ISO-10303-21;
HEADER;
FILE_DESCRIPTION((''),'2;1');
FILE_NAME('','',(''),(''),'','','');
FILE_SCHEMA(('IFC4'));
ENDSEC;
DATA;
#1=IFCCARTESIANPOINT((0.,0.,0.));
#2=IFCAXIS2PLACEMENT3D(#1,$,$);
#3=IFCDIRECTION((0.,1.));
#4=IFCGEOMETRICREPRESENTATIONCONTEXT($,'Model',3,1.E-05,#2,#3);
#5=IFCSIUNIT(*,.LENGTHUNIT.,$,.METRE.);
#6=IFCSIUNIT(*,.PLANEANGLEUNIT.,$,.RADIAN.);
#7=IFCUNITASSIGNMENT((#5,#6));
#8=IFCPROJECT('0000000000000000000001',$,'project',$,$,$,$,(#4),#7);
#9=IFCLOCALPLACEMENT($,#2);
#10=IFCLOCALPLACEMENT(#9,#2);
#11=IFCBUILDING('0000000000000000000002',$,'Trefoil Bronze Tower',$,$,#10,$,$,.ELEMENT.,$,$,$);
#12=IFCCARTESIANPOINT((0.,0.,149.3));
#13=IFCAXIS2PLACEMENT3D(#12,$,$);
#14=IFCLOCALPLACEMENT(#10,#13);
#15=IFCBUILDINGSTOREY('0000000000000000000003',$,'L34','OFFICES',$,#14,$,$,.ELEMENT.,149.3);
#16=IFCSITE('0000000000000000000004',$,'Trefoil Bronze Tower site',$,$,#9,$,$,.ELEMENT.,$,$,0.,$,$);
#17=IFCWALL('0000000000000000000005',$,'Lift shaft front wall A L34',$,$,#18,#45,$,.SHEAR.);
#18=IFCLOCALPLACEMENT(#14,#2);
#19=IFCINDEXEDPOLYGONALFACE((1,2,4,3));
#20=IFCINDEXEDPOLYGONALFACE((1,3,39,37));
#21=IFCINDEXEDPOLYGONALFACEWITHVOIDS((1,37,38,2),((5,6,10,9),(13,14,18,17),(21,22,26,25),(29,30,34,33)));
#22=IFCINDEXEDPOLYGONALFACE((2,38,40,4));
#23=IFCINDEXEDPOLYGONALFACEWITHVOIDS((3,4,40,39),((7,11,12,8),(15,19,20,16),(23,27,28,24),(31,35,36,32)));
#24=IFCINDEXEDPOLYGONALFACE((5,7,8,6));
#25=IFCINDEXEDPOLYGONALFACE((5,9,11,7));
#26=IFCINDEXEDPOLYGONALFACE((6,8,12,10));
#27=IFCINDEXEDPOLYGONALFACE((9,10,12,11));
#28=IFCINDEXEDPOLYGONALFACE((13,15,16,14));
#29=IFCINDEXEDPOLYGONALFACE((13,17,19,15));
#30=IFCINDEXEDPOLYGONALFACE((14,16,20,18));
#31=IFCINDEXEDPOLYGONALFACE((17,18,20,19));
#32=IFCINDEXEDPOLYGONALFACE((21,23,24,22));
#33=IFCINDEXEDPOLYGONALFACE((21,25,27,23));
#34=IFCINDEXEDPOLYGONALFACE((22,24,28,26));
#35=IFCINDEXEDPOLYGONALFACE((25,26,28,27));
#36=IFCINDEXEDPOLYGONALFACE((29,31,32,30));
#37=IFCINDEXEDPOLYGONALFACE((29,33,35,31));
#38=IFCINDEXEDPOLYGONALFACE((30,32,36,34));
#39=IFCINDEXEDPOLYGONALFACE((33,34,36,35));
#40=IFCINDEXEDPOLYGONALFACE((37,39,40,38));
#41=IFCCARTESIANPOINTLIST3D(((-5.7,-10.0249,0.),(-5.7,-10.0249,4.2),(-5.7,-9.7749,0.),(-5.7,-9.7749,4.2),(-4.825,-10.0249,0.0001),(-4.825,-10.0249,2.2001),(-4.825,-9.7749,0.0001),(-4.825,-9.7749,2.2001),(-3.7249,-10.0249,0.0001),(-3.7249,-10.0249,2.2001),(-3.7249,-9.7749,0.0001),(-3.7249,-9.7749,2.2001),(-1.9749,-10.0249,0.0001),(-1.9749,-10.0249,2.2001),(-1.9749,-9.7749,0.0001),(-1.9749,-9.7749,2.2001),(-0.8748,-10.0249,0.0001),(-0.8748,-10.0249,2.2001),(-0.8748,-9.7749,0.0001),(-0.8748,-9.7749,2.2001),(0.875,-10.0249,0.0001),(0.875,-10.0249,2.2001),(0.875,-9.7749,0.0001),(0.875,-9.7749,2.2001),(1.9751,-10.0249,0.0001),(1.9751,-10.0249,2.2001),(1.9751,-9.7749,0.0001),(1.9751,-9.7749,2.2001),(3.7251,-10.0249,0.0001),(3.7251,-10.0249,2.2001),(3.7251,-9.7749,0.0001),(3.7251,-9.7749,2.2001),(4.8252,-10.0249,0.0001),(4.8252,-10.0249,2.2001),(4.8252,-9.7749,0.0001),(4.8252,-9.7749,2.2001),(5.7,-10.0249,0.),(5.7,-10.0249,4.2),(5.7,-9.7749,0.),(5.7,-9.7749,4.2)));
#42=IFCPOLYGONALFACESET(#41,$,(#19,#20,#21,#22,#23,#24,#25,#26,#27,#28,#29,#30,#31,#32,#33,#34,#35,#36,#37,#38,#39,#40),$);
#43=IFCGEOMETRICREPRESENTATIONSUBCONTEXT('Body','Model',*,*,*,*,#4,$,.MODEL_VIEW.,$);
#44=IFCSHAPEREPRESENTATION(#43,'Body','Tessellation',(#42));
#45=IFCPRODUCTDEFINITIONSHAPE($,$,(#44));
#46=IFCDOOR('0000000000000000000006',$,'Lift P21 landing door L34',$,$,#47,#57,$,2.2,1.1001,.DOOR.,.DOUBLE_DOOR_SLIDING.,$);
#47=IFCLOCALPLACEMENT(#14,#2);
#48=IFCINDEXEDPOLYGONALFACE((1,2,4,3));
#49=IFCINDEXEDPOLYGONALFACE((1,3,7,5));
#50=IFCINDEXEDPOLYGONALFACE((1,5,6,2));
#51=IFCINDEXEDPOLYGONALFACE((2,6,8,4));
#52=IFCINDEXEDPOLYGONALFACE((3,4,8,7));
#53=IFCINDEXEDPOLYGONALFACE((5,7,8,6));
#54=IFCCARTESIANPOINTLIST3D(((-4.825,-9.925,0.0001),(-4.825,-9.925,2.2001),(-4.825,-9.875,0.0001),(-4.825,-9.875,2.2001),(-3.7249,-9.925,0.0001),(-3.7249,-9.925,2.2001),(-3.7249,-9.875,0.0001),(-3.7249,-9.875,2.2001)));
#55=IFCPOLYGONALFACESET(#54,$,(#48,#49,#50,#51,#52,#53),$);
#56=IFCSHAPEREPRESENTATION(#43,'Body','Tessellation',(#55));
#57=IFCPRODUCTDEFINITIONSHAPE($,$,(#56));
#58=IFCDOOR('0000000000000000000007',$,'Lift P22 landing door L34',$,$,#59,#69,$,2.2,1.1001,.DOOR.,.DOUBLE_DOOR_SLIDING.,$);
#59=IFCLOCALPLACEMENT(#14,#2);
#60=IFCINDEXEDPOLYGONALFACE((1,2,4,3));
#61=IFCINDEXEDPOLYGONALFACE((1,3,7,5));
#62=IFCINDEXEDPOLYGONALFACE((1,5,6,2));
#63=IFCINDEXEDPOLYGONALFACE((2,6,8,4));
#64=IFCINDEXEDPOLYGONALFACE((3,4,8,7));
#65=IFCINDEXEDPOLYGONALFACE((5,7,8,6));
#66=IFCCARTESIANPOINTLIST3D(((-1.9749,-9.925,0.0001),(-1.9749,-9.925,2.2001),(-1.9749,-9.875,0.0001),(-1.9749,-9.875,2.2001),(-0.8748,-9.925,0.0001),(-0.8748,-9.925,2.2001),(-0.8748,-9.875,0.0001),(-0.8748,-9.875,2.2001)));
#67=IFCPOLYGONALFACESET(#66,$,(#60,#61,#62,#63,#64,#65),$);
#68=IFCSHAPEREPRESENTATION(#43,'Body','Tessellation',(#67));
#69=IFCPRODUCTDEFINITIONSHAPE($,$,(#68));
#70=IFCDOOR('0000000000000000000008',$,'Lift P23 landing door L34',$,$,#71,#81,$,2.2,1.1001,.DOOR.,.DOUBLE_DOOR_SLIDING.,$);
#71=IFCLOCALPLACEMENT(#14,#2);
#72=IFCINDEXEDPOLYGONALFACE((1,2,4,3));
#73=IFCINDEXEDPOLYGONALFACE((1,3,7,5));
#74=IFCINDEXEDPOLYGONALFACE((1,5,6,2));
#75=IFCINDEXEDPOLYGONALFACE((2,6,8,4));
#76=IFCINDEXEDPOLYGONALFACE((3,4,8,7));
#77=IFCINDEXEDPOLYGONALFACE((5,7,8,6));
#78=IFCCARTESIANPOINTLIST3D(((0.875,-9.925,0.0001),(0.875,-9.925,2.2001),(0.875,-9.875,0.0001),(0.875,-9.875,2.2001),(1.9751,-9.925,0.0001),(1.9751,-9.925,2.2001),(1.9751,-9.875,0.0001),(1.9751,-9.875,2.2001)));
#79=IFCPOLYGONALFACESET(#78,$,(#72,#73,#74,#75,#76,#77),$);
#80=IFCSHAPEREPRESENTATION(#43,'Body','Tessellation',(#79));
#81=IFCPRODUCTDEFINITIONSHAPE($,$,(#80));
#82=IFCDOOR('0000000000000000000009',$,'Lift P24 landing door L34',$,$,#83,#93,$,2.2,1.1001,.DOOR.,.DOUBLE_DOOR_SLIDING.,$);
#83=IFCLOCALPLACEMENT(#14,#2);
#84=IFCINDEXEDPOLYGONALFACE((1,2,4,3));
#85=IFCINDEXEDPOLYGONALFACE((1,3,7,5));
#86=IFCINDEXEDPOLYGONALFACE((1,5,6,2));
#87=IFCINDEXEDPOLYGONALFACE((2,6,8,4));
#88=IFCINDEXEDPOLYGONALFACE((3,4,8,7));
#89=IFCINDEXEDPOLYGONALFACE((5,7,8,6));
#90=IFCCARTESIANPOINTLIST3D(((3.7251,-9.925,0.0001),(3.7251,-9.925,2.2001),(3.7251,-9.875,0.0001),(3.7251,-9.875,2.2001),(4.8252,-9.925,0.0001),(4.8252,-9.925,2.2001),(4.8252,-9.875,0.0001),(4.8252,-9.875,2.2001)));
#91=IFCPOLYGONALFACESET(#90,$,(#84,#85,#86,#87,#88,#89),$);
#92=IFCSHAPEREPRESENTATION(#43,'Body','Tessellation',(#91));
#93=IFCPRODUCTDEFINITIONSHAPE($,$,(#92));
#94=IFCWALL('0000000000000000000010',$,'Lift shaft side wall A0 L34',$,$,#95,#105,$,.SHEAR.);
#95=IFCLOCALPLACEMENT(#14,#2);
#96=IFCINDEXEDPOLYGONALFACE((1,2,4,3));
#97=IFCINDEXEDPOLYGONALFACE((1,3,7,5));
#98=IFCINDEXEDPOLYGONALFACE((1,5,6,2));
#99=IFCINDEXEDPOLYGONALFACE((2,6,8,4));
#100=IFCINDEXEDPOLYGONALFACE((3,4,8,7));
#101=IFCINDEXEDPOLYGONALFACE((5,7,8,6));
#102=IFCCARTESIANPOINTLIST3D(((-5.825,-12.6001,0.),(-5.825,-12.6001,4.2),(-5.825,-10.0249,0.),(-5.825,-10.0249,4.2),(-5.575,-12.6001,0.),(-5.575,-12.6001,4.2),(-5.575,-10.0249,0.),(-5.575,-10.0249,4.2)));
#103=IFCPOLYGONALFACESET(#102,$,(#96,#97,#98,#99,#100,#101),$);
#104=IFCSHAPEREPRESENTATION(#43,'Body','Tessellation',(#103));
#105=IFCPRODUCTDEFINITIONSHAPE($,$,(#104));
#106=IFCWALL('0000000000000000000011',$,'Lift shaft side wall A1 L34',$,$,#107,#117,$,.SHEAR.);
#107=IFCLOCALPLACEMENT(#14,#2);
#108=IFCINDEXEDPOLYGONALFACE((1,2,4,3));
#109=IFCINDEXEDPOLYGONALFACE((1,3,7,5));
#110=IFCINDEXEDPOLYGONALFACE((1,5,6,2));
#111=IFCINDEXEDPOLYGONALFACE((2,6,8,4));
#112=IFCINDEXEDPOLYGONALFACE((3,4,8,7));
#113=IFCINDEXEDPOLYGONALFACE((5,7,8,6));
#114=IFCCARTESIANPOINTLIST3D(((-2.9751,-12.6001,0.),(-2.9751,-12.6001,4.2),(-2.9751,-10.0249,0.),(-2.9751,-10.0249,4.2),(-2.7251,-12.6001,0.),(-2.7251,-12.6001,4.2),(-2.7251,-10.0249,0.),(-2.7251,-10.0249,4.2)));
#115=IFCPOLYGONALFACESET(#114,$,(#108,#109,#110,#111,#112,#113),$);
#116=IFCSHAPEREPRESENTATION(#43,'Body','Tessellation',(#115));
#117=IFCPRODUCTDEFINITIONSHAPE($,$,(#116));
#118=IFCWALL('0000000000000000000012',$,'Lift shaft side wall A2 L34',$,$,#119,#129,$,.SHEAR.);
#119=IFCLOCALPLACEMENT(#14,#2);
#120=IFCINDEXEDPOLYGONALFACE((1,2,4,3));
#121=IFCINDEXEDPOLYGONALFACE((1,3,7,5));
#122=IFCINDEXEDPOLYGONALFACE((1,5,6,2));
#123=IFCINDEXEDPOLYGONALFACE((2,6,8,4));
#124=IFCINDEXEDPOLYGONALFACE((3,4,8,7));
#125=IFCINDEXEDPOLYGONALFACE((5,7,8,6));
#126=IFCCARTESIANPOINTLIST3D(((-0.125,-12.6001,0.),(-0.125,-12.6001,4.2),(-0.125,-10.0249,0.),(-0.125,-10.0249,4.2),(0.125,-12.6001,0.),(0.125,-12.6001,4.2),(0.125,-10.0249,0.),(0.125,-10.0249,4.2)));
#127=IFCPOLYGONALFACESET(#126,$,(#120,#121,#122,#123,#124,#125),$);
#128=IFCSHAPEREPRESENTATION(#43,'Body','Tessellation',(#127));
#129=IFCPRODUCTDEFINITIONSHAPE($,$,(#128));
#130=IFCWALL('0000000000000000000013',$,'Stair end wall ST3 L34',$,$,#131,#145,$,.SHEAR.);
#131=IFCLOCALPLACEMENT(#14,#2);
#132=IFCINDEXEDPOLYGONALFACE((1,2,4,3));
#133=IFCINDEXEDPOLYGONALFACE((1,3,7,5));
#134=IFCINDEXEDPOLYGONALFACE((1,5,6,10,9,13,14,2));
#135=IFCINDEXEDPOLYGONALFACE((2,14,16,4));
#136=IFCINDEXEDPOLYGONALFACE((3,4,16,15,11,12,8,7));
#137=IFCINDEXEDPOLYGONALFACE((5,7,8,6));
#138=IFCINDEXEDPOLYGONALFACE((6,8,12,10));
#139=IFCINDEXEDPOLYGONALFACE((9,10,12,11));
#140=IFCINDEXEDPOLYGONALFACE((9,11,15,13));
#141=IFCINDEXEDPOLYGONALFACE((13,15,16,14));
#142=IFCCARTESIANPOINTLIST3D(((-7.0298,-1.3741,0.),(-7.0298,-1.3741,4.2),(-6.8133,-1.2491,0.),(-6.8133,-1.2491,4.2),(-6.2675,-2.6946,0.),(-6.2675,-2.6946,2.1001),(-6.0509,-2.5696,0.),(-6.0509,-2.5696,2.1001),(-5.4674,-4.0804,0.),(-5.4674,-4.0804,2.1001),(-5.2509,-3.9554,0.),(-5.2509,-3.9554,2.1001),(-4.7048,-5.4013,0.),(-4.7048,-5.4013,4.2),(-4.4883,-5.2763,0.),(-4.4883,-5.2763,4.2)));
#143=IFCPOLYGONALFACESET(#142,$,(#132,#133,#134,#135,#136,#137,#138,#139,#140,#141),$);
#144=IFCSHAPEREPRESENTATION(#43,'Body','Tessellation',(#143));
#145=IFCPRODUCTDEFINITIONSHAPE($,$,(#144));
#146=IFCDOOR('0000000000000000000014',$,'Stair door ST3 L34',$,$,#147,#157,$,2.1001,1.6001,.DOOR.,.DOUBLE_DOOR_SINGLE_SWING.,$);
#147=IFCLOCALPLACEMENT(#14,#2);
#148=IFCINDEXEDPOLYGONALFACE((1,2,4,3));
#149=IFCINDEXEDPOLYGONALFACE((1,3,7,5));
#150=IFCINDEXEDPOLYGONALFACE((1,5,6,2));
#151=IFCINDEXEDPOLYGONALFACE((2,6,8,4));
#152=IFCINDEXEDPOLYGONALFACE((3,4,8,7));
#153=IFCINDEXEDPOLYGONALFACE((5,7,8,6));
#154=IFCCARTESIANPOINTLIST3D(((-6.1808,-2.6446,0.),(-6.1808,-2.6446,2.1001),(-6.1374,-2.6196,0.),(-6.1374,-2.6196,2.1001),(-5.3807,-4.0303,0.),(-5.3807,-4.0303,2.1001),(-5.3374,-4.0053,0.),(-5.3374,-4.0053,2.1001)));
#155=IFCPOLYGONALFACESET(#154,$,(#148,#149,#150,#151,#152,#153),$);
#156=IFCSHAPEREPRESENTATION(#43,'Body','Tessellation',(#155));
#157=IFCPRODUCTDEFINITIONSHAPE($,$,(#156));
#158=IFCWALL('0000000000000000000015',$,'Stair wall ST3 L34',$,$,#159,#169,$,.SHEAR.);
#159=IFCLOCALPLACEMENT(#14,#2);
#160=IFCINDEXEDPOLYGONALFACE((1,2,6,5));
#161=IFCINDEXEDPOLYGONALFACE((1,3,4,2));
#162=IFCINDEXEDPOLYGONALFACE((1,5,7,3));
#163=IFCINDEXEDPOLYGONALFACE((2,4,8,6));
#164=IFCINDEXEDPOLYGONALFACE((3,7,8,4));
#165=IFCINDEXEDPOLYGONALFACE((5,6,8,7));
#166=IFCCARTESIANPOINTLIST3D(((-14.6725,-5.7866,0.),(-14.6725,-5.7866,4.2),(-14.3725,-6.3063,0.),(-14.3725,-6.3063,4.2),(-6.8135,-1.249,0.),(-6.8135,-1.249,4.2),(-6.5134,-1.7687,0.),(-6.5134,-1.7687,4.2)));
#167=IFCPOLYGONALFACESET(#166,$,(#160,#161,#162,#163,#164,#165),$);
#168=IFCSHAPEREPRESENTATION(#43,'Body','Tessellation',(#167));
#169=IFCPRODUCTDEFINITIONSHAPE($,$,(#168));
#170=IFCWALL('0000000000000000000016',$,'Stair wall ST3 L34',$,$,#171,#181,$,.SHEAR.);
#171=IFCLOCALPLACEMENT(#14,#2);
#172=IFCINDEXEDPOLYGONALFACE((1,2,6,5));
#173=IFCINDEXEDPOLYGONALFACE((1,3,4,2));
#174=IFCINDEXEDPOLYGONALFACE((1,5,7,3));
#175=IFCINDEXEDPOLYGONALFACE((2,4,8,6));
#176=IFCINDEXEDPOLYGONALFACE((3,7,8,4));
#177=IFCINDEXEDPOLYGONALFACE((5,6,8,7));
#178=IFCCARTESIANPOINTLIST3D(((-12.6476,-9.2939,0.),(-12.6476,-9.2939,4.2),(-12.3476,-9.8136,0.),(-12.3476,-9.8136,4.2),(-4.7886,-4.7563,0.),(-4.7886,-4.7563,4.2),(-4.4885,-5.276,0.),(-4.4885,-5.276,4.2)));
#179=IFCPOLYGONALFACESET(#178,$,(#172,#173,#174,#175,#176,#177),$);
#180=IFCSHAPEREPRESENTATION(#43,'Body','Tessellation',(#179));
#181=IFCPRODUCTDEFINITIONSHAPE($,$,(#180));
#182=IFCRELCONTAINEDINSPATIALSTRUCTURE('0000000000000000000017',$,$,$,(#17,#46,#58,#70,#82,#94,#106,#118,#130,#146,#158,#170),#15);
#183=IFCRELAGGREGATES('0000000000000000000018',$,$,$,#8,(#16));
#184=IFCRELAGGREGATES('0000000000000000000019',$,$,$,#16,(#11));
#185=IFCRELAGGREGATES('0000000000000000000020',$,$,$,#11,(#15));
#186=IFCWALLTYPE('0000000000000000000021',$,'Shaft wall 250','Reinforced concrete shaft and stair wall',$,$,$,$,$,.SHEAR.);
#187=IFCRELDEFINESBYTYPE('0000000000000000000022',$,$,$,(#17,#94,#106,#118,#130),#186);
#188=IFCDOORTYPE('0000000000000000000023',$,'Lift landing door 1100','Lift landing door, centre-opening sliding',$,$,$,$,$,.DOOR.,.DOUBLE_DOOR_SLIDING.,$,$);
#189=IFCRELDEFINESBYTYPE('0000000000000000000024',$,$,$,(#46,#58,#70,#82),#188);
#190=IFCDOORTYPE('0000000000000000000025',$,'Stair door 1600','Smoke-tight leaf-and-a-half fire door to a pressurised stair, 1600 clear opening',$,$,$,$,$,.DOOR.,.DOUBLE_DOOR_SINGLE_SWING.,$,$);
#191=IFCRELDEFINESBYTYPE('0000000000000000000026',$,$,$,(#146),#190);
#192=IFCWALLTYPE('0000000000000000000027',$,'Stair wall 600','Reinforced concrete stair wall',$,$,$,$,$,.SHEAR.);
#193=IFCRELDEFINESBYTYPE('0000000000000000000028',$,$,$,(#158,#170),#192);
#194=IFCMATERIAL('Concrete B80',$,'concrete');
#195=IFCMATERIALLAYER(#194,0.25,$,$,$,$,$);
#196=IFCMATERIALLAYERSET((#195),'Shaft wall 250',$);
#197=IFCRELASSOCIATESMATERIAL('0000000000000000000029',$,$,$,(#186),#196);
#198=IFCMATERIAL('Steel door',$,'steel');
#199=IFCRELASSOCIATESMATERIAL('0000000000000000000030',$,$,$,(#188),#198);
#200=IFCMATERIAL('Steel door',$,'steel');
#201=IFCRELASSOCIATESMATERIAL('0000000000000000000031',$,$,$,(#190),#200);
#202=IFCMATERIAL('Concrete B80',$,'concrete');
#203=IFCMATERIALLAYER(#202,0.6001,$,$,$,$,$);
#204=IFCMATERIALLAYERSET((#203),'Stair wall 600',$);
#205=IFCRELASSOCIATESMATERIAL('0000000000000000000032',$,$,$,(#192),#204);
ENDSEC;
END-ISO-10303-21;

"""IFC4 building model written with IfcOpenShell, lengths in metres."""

from ifc_helpers import new_model, si_unit, direction, frame, frame_2d, origin, place, context, subcontext, project, spatial, rectangle, extrude, material, layer, layer_set, type_object, element, fill, save


model = new_model("IFC4")

# Units and contexts
model_context = context("Model", 3, precision=1e-05, world=origin(), true_north=direction((0.0, 1.0)))
body_context = subcontext(model_context, "Body", "Model", "MODEL_VIEW")
ifc_project = project(units=[si_unit("LENGTHUNIT", "METRE"), si_unit("PLANEANGLEUNIT", "RADIAN")], contexts=[model_context])

# Site, building, storey
site_placement = place(None, origin())
site = spatial("IfcSite", under=ifc_project, at=site_placement, Name="Trefoil Bronze Tower site", CompositionType="ELEMENT", RefElevation=0.0)
building_placement = place(site_placement, origin())
building = spatial("IfcBuilding", under=site, at=building_placement, Name="Trefoil Bronze Tower", CompositionType="ELEMENT")
storey_placement = place(building_placement, frame((0.0, 0.0, 149.3)))
storey = spatial("IfcBuildingStorey", under=building, at=storey_placement, Name="L34", Description="OFFICES", CompositionType="ELEMENT", Elevation=149.3)

# Wall, openings, doors
ifc_material_1 = material(Name="Concrete B80", Category="concrete")
ifc_layer_1 = layer(ifc_material_1, 0.25)
ifc_layer_set_1 = layer_set([ifc_layer_1], Name="Shaft wall 250")
wall_type_1 = type_object("IfcWallType", Name="Shaft wall 250", Description="Reinforced concrete shaft and stair wall", PredefinedType="SHEAR", material=ifc_layer_set_1)
wall_1_placement = place(storey_placement, frame((-5.7, -9.8999, 0.0), z_axis=(0.0, 0.0, 1.0), x_axis=(1.0, 0.0, 0.0)))
wall_1 = element("IfcWall", 1, at=wall_1_placement, inside=storey, type_object=wall_type_1, Name="Lift shaft front wall A L34", PredefinedType="SHEAR", context=body_context, shape_type="SweptSolid", body=[
    extrude(rectangle(XDim=11.3999, YDim=0.25, at=frame_2d((5.7, 0.0))), origin(), (0.0, 0.0, 1.0), 4.2),
])
opening_1_placement = place(wall_1_placement, frame((0.875, 0.0, 0.0)))
opening_1 = element("IfcOpeningElement", 2, at=opening_1_placement, cuts=wall_1, PredefinedType="OPENING", context=body_context, shape_type="SweptSolid", body=[
    extrude(rectangle(XDim=1.1001, YDim=2.2, at=frame_2d((0.55, 1.1001))), frame((0.0, 0.135, 0.0), z_axis=(0.0, -1.0, 0.0), x_axis=(1.0, 0.0, 0.0)), (0.0, 0.0, 1.0), 0.27),
])
opening_2_placement = place(wall_1_placement, frame((3.7251, 0.0, 0.0)))
opening_2 = element("IfcOpeningElement", 3, at=opening_2_placement, cuts=wall_1, PredefinedType="OPENING", context=body_context, shape_type="SweptSolid", body=[
    extrude(rectangle(XDim=1.1001, YDim=2.2, at=frame_2d((0.55, 1.1001))), frame((0.0, 0.135, 0.0), z_axis=(0.0, -1.0, 0.0), x_axis=(1.0, 0.0, 0.0)), (0.0, 0.0, 1.0), 0.27),
])
opening_3_placement = place(wall_1_placement, frame((6.575, 0.0, 0.0)))
opening_3 = element("IfcOpeningElement", 4, at=opening_3_placement, cuts=wall_1, PredefinedType="OPENING", context=body_context, shape_type="SweptSolid", body=[
    extrude(rectangle(XDim=1.1001, YDim=2.2, at=frame_2d((0.55, 1.1001))), frame((0.0, 0.135, 0.0), z_axis=(0.0, -1.0, 0.0), x_axis=(1.0, 0.0, 0.0)), (0.0, 0.0, 1.0), 0.27),
])
opening_4_placement = place(wall_1_placement, frame((9.425, 0.0, 0.0)))
opening_4 = element("IfcOpeningElement", 5, at=opening_4_placement, cuts=wall_1, PredefinedType="OPENING", context=body_context, shape_type="SweptSolid", body=[
    extrude(rectangle(XDim=1.1001, YDim=2.2, at=frame_2d((0.55, 1.1001))), frame((0.0, 0.135, 0.0), z_axis=(0.0, -1.0, 0.0), x_axis=(1.0, 0.0, 0.0)), (0.0, 0.0, 1.0), 0.27),
])
ifc_material_2 = material(Name="Steel door", Category="steel")
door_type_1 = type_object("IfcDoorType", Name="Lift landing door 1100", Description="Lift landing door, centre-opening sliding", OperationType="DOUBLE_DOOR_SLIDING", PredefinedType="DOOR", material=ifc_material_2)
door_1_placement = place(opening_1_placement, origin())
door_1 = element("IfcDoor", 6, at=door_1_placement, inside=storey, type_object=door_type_1, Name="Lift P21 landing door L34", OperationType="DOUBLE_DOOR_SLIDING", OverallHeight=2.2, OverallWidth=1.1001, PredefinedType="DOOR", context=body_context, shape_type="SweptSolid", body=[
    extrude(rectangle(XDim=1.1001, YDim=2.2, at=frame_2d((0.55, 1.1001))), frame((0.0, 0.0249, 0.0), z_axis=(0.0, -1.0, 0.0), x_axis=(1.0, 0.0, 0.0)), (0.0, 0.0, 1.0), 0.05),
])
fill(opening_1, door_1)
door_2_placement = place(opening_2_placement, origin())
door_2 = element("IfcDoor", 7, at=door_2_placement, inside=storey, type_object=door_type_1, Name="Lift P22 landing door L34", OperationType="DOUBLE_DOOR_SLIDING", OverallHeight=2.2, OverallWidth=1.1001, PredefinedType="DOOR", context=body_context, shape_type="SweptSolid", body=[
    extrude(rectangle(XDim=1.1001, YDim=2.2, at=frame_2d((0.55, 1.1001))), frame((0.0, 0.0249, 0.0), z_axis=(0.0, -1.0, 0.0), x_axis=(1.0, 0.0, 0.0)), (0.0, 0.0, 1.0), 0.05),
])
fill(opening_2, door_2)
door_3_placement = place(opening_3_placement, origin())
door_3 = element("IfcDoor", 8, at=door_3_placement, inside=storey, type_object=door_type_1, Name="Lift P23 landing door L34", OperationType="DOUBLE_DOOR_SLIDING", OverallHeight=2.2, OverallWidth=1.1001, PredefinedType="DOOR", context=body_context, shape_type="SweptSolid", body=[
    extrude(rectangle(XDim=1.1001, YDim=2.2, at=frame_2d((0.55, 1.1001))), frame((0.0, 0.0249, 0.0), z_axis=(0.0, -1.0, 0.0), x_axis=(1.0, 0.0, 0.0)), (0.0, 0.0, 1.0), 0.05),
])
fill(opening_3, door_3)
door_4_placement = place(opening_4_placement, origin())
door_4 = element("IfcDoor", 9, at=door_4_placement, inside=storey, type_object=door_type_1, Name="Lift P24 landing door L34", OperationType="DOUBLE_DOOR_SLIDING", OverallHeight=2.2, OverallWidth=1.1001, PredefinedType="DOOR", context=body_context, shape_type="SweptSolid", body=[
    extrude(rectangle(XDim=1.1001, YDim=2.2, at=frame_2d((0.55, 1.1001))), frame((0.0, 0.0249, 0.0), z_axis=(0.0, -1.0, 0.0), x_axis=(1.0, 0.0, 0.0)), (0.0, 0.0, 1.0), 0.05),
])
fill(opening_4, door_4)

# Walls
for number, where, z_axis, x_axis, name in (
    (10, (-5.7, -10.0249, 0.0), (0.0, 0.0, 1.0), (0.0, -1.0, 0.0), "Lift shaft side wall A0 L34"),
    (11, (-2.8501, -10.0249, 0.0), (0.0, 0.0, 1.0), (0.0, -1.0, 0.0), "Lift shaft side wall A1 L34"),
    (12, (0.0, -10.0249, 0.0), (0.0, 0.0, 1.0), (0.0, -1.0, 0.0), "Lift shaft side wall A2 L34"),
):
    element("IfcWall", number, at=place(storey_placement, frame(where, z_axis=z_axis, x_axis=x_axis)), inside=storey, type_object=wall_type_1, Name=name, PredefinedType="SHEAR", context=body_context, shape_type="SweptSolid", body=[
        extrude(rectangle(XDim=2.5752, YDim=0.25, at=frame_2d((1.2876, 0.0))), origin(), (0.0, 0.0, 1.0), 4.2),
    ])

# Wall, opening, door
wall_2_placement = place(storey_placement, frame((-6.9216, -1.3115, 0.0), z_axis=(0.0, 0.0, 1.0), x_axis=(0.499985, -0.866034, 0.0)))
wall_2 = element("IfcWall", 13, at=wall_2_placement, inside=storey, type_object=wall_type_1, Name="Stair end wall ST3 L34", PredefinedType="SHEAR", context=body_context, shape_type="SweptSolid", body=[
    extrude(rectangle(XDim=4.6501, YDim=0.25, at=frame_2d((2.3252, 0.0))), origin(), (0.0, 0.0, 1.0), 4.2),
])
opening_5_placement = place(wall_2_placement, frame((1.5249, 0.0, 0.0)))
opening_5 = element("IfcOpeningElement", 14, at=opening_5_placement, cuts=wall_2, PredefinedType="OPENING", context=body_context, shape_type="SweptSolid", body=[
    extrude(rectangle(XDim=1.6001, YDim=2.1001, at=frame_2d((0.8, 1.05))), frame((0.0, 0.135, 0.0), z_axis=(0.0, -1.0, 0.0), x_axis=(1.0, 0.0, 0.0)), (0.0, 0.0, 1.0), 0.27),
])
ifc_material_3 = material(Name="Steel door", Category="steel")
door_type_2 = type_object("IfcDoorType", Name="Stair door 1600", Description="Smoke-tight leaf-and-a-half fire door to a pressurised stair, 1600 clear opening", OperationType="DOUBLE_DOOR_SINGLE_SWING", PredefinedType="DOOR", material=ifc_material_3)
door_5_placement = place(opening_5_placement, frame((1.6001, 0.0, 0.0), z_axis=(0.0, 0.0, 1.0), x_axis=(-1.0, 0.0, 0.0)))
door_5 = element("IfcDoor", 15, at=door_5_placement, inside=storey, type_object=door_type_2, Name="Stair door ST3 L34", OperationType="DOUBLE_DOOR_SINGLE_SWING", OverallHeight=2.1001, OverallWidth=1.6001, PredefinedType="DOOR", context=body_context, shape_type="SweptSolid", body=[
    extrude(rectangle(XDim=1.6001, YDim=2.1001, at=frame_2d((0.8, 1.05))), frame((0.0, 0.0249, 0.0), z_axis=(0.0, -1.0, 0.0), x_axis=(1.0, 0.0, 0.0)), (0.0, 0.0, 1.0), 0.05),
])
fill(opening_5, door_5)

# Walls
ifc_material_4 = material(Name="Concrete B80", Category="concrete")
ifc_layer_2 = layer(ifc_material_4, 0.6001)
ifc_layer_set_2 = layer_set([ifc_layer_2], Name="Stair wall 600")
wall_type_2 = type_object("IfcWallType", Name="Stair wall 600", Description="Reinforced concrete stair wall", PredefinedType="SHEAR", material=ifc_layer_set_2)
for number, where, z_axis, x_axis, name in (
    (16, (-6.6633, -1.5088, 0.0), (0.0, 0.0, 1.0), (-0.866019, -0.50001, 0.0), "Stair wall ST3 L34"),
    (17, (-4.6384, -5.0161, 0.0), (0.0, 0.0, 1.0), (-0.866019, -0.50001, 0.0), "Stair wall ST3 L34"),
):
    element("IfcWall", number, at=place(storey_placement, frame(where, z_axis=z_axis, x_axis=x_axis)), inside=storey, type_object=wall_type_2, Name=name, PredefinedType="SHEAR", context=body_context, shape_type="SweptSolid", body=[
        extrude(rectangle(XDim=9.075, YDim=0.6001, at=frame_2d((4.5376, 0.0))), origin(), (0.0, 0.0, 1.0), 4.2),
    ])

save(model, "model.ifc")
